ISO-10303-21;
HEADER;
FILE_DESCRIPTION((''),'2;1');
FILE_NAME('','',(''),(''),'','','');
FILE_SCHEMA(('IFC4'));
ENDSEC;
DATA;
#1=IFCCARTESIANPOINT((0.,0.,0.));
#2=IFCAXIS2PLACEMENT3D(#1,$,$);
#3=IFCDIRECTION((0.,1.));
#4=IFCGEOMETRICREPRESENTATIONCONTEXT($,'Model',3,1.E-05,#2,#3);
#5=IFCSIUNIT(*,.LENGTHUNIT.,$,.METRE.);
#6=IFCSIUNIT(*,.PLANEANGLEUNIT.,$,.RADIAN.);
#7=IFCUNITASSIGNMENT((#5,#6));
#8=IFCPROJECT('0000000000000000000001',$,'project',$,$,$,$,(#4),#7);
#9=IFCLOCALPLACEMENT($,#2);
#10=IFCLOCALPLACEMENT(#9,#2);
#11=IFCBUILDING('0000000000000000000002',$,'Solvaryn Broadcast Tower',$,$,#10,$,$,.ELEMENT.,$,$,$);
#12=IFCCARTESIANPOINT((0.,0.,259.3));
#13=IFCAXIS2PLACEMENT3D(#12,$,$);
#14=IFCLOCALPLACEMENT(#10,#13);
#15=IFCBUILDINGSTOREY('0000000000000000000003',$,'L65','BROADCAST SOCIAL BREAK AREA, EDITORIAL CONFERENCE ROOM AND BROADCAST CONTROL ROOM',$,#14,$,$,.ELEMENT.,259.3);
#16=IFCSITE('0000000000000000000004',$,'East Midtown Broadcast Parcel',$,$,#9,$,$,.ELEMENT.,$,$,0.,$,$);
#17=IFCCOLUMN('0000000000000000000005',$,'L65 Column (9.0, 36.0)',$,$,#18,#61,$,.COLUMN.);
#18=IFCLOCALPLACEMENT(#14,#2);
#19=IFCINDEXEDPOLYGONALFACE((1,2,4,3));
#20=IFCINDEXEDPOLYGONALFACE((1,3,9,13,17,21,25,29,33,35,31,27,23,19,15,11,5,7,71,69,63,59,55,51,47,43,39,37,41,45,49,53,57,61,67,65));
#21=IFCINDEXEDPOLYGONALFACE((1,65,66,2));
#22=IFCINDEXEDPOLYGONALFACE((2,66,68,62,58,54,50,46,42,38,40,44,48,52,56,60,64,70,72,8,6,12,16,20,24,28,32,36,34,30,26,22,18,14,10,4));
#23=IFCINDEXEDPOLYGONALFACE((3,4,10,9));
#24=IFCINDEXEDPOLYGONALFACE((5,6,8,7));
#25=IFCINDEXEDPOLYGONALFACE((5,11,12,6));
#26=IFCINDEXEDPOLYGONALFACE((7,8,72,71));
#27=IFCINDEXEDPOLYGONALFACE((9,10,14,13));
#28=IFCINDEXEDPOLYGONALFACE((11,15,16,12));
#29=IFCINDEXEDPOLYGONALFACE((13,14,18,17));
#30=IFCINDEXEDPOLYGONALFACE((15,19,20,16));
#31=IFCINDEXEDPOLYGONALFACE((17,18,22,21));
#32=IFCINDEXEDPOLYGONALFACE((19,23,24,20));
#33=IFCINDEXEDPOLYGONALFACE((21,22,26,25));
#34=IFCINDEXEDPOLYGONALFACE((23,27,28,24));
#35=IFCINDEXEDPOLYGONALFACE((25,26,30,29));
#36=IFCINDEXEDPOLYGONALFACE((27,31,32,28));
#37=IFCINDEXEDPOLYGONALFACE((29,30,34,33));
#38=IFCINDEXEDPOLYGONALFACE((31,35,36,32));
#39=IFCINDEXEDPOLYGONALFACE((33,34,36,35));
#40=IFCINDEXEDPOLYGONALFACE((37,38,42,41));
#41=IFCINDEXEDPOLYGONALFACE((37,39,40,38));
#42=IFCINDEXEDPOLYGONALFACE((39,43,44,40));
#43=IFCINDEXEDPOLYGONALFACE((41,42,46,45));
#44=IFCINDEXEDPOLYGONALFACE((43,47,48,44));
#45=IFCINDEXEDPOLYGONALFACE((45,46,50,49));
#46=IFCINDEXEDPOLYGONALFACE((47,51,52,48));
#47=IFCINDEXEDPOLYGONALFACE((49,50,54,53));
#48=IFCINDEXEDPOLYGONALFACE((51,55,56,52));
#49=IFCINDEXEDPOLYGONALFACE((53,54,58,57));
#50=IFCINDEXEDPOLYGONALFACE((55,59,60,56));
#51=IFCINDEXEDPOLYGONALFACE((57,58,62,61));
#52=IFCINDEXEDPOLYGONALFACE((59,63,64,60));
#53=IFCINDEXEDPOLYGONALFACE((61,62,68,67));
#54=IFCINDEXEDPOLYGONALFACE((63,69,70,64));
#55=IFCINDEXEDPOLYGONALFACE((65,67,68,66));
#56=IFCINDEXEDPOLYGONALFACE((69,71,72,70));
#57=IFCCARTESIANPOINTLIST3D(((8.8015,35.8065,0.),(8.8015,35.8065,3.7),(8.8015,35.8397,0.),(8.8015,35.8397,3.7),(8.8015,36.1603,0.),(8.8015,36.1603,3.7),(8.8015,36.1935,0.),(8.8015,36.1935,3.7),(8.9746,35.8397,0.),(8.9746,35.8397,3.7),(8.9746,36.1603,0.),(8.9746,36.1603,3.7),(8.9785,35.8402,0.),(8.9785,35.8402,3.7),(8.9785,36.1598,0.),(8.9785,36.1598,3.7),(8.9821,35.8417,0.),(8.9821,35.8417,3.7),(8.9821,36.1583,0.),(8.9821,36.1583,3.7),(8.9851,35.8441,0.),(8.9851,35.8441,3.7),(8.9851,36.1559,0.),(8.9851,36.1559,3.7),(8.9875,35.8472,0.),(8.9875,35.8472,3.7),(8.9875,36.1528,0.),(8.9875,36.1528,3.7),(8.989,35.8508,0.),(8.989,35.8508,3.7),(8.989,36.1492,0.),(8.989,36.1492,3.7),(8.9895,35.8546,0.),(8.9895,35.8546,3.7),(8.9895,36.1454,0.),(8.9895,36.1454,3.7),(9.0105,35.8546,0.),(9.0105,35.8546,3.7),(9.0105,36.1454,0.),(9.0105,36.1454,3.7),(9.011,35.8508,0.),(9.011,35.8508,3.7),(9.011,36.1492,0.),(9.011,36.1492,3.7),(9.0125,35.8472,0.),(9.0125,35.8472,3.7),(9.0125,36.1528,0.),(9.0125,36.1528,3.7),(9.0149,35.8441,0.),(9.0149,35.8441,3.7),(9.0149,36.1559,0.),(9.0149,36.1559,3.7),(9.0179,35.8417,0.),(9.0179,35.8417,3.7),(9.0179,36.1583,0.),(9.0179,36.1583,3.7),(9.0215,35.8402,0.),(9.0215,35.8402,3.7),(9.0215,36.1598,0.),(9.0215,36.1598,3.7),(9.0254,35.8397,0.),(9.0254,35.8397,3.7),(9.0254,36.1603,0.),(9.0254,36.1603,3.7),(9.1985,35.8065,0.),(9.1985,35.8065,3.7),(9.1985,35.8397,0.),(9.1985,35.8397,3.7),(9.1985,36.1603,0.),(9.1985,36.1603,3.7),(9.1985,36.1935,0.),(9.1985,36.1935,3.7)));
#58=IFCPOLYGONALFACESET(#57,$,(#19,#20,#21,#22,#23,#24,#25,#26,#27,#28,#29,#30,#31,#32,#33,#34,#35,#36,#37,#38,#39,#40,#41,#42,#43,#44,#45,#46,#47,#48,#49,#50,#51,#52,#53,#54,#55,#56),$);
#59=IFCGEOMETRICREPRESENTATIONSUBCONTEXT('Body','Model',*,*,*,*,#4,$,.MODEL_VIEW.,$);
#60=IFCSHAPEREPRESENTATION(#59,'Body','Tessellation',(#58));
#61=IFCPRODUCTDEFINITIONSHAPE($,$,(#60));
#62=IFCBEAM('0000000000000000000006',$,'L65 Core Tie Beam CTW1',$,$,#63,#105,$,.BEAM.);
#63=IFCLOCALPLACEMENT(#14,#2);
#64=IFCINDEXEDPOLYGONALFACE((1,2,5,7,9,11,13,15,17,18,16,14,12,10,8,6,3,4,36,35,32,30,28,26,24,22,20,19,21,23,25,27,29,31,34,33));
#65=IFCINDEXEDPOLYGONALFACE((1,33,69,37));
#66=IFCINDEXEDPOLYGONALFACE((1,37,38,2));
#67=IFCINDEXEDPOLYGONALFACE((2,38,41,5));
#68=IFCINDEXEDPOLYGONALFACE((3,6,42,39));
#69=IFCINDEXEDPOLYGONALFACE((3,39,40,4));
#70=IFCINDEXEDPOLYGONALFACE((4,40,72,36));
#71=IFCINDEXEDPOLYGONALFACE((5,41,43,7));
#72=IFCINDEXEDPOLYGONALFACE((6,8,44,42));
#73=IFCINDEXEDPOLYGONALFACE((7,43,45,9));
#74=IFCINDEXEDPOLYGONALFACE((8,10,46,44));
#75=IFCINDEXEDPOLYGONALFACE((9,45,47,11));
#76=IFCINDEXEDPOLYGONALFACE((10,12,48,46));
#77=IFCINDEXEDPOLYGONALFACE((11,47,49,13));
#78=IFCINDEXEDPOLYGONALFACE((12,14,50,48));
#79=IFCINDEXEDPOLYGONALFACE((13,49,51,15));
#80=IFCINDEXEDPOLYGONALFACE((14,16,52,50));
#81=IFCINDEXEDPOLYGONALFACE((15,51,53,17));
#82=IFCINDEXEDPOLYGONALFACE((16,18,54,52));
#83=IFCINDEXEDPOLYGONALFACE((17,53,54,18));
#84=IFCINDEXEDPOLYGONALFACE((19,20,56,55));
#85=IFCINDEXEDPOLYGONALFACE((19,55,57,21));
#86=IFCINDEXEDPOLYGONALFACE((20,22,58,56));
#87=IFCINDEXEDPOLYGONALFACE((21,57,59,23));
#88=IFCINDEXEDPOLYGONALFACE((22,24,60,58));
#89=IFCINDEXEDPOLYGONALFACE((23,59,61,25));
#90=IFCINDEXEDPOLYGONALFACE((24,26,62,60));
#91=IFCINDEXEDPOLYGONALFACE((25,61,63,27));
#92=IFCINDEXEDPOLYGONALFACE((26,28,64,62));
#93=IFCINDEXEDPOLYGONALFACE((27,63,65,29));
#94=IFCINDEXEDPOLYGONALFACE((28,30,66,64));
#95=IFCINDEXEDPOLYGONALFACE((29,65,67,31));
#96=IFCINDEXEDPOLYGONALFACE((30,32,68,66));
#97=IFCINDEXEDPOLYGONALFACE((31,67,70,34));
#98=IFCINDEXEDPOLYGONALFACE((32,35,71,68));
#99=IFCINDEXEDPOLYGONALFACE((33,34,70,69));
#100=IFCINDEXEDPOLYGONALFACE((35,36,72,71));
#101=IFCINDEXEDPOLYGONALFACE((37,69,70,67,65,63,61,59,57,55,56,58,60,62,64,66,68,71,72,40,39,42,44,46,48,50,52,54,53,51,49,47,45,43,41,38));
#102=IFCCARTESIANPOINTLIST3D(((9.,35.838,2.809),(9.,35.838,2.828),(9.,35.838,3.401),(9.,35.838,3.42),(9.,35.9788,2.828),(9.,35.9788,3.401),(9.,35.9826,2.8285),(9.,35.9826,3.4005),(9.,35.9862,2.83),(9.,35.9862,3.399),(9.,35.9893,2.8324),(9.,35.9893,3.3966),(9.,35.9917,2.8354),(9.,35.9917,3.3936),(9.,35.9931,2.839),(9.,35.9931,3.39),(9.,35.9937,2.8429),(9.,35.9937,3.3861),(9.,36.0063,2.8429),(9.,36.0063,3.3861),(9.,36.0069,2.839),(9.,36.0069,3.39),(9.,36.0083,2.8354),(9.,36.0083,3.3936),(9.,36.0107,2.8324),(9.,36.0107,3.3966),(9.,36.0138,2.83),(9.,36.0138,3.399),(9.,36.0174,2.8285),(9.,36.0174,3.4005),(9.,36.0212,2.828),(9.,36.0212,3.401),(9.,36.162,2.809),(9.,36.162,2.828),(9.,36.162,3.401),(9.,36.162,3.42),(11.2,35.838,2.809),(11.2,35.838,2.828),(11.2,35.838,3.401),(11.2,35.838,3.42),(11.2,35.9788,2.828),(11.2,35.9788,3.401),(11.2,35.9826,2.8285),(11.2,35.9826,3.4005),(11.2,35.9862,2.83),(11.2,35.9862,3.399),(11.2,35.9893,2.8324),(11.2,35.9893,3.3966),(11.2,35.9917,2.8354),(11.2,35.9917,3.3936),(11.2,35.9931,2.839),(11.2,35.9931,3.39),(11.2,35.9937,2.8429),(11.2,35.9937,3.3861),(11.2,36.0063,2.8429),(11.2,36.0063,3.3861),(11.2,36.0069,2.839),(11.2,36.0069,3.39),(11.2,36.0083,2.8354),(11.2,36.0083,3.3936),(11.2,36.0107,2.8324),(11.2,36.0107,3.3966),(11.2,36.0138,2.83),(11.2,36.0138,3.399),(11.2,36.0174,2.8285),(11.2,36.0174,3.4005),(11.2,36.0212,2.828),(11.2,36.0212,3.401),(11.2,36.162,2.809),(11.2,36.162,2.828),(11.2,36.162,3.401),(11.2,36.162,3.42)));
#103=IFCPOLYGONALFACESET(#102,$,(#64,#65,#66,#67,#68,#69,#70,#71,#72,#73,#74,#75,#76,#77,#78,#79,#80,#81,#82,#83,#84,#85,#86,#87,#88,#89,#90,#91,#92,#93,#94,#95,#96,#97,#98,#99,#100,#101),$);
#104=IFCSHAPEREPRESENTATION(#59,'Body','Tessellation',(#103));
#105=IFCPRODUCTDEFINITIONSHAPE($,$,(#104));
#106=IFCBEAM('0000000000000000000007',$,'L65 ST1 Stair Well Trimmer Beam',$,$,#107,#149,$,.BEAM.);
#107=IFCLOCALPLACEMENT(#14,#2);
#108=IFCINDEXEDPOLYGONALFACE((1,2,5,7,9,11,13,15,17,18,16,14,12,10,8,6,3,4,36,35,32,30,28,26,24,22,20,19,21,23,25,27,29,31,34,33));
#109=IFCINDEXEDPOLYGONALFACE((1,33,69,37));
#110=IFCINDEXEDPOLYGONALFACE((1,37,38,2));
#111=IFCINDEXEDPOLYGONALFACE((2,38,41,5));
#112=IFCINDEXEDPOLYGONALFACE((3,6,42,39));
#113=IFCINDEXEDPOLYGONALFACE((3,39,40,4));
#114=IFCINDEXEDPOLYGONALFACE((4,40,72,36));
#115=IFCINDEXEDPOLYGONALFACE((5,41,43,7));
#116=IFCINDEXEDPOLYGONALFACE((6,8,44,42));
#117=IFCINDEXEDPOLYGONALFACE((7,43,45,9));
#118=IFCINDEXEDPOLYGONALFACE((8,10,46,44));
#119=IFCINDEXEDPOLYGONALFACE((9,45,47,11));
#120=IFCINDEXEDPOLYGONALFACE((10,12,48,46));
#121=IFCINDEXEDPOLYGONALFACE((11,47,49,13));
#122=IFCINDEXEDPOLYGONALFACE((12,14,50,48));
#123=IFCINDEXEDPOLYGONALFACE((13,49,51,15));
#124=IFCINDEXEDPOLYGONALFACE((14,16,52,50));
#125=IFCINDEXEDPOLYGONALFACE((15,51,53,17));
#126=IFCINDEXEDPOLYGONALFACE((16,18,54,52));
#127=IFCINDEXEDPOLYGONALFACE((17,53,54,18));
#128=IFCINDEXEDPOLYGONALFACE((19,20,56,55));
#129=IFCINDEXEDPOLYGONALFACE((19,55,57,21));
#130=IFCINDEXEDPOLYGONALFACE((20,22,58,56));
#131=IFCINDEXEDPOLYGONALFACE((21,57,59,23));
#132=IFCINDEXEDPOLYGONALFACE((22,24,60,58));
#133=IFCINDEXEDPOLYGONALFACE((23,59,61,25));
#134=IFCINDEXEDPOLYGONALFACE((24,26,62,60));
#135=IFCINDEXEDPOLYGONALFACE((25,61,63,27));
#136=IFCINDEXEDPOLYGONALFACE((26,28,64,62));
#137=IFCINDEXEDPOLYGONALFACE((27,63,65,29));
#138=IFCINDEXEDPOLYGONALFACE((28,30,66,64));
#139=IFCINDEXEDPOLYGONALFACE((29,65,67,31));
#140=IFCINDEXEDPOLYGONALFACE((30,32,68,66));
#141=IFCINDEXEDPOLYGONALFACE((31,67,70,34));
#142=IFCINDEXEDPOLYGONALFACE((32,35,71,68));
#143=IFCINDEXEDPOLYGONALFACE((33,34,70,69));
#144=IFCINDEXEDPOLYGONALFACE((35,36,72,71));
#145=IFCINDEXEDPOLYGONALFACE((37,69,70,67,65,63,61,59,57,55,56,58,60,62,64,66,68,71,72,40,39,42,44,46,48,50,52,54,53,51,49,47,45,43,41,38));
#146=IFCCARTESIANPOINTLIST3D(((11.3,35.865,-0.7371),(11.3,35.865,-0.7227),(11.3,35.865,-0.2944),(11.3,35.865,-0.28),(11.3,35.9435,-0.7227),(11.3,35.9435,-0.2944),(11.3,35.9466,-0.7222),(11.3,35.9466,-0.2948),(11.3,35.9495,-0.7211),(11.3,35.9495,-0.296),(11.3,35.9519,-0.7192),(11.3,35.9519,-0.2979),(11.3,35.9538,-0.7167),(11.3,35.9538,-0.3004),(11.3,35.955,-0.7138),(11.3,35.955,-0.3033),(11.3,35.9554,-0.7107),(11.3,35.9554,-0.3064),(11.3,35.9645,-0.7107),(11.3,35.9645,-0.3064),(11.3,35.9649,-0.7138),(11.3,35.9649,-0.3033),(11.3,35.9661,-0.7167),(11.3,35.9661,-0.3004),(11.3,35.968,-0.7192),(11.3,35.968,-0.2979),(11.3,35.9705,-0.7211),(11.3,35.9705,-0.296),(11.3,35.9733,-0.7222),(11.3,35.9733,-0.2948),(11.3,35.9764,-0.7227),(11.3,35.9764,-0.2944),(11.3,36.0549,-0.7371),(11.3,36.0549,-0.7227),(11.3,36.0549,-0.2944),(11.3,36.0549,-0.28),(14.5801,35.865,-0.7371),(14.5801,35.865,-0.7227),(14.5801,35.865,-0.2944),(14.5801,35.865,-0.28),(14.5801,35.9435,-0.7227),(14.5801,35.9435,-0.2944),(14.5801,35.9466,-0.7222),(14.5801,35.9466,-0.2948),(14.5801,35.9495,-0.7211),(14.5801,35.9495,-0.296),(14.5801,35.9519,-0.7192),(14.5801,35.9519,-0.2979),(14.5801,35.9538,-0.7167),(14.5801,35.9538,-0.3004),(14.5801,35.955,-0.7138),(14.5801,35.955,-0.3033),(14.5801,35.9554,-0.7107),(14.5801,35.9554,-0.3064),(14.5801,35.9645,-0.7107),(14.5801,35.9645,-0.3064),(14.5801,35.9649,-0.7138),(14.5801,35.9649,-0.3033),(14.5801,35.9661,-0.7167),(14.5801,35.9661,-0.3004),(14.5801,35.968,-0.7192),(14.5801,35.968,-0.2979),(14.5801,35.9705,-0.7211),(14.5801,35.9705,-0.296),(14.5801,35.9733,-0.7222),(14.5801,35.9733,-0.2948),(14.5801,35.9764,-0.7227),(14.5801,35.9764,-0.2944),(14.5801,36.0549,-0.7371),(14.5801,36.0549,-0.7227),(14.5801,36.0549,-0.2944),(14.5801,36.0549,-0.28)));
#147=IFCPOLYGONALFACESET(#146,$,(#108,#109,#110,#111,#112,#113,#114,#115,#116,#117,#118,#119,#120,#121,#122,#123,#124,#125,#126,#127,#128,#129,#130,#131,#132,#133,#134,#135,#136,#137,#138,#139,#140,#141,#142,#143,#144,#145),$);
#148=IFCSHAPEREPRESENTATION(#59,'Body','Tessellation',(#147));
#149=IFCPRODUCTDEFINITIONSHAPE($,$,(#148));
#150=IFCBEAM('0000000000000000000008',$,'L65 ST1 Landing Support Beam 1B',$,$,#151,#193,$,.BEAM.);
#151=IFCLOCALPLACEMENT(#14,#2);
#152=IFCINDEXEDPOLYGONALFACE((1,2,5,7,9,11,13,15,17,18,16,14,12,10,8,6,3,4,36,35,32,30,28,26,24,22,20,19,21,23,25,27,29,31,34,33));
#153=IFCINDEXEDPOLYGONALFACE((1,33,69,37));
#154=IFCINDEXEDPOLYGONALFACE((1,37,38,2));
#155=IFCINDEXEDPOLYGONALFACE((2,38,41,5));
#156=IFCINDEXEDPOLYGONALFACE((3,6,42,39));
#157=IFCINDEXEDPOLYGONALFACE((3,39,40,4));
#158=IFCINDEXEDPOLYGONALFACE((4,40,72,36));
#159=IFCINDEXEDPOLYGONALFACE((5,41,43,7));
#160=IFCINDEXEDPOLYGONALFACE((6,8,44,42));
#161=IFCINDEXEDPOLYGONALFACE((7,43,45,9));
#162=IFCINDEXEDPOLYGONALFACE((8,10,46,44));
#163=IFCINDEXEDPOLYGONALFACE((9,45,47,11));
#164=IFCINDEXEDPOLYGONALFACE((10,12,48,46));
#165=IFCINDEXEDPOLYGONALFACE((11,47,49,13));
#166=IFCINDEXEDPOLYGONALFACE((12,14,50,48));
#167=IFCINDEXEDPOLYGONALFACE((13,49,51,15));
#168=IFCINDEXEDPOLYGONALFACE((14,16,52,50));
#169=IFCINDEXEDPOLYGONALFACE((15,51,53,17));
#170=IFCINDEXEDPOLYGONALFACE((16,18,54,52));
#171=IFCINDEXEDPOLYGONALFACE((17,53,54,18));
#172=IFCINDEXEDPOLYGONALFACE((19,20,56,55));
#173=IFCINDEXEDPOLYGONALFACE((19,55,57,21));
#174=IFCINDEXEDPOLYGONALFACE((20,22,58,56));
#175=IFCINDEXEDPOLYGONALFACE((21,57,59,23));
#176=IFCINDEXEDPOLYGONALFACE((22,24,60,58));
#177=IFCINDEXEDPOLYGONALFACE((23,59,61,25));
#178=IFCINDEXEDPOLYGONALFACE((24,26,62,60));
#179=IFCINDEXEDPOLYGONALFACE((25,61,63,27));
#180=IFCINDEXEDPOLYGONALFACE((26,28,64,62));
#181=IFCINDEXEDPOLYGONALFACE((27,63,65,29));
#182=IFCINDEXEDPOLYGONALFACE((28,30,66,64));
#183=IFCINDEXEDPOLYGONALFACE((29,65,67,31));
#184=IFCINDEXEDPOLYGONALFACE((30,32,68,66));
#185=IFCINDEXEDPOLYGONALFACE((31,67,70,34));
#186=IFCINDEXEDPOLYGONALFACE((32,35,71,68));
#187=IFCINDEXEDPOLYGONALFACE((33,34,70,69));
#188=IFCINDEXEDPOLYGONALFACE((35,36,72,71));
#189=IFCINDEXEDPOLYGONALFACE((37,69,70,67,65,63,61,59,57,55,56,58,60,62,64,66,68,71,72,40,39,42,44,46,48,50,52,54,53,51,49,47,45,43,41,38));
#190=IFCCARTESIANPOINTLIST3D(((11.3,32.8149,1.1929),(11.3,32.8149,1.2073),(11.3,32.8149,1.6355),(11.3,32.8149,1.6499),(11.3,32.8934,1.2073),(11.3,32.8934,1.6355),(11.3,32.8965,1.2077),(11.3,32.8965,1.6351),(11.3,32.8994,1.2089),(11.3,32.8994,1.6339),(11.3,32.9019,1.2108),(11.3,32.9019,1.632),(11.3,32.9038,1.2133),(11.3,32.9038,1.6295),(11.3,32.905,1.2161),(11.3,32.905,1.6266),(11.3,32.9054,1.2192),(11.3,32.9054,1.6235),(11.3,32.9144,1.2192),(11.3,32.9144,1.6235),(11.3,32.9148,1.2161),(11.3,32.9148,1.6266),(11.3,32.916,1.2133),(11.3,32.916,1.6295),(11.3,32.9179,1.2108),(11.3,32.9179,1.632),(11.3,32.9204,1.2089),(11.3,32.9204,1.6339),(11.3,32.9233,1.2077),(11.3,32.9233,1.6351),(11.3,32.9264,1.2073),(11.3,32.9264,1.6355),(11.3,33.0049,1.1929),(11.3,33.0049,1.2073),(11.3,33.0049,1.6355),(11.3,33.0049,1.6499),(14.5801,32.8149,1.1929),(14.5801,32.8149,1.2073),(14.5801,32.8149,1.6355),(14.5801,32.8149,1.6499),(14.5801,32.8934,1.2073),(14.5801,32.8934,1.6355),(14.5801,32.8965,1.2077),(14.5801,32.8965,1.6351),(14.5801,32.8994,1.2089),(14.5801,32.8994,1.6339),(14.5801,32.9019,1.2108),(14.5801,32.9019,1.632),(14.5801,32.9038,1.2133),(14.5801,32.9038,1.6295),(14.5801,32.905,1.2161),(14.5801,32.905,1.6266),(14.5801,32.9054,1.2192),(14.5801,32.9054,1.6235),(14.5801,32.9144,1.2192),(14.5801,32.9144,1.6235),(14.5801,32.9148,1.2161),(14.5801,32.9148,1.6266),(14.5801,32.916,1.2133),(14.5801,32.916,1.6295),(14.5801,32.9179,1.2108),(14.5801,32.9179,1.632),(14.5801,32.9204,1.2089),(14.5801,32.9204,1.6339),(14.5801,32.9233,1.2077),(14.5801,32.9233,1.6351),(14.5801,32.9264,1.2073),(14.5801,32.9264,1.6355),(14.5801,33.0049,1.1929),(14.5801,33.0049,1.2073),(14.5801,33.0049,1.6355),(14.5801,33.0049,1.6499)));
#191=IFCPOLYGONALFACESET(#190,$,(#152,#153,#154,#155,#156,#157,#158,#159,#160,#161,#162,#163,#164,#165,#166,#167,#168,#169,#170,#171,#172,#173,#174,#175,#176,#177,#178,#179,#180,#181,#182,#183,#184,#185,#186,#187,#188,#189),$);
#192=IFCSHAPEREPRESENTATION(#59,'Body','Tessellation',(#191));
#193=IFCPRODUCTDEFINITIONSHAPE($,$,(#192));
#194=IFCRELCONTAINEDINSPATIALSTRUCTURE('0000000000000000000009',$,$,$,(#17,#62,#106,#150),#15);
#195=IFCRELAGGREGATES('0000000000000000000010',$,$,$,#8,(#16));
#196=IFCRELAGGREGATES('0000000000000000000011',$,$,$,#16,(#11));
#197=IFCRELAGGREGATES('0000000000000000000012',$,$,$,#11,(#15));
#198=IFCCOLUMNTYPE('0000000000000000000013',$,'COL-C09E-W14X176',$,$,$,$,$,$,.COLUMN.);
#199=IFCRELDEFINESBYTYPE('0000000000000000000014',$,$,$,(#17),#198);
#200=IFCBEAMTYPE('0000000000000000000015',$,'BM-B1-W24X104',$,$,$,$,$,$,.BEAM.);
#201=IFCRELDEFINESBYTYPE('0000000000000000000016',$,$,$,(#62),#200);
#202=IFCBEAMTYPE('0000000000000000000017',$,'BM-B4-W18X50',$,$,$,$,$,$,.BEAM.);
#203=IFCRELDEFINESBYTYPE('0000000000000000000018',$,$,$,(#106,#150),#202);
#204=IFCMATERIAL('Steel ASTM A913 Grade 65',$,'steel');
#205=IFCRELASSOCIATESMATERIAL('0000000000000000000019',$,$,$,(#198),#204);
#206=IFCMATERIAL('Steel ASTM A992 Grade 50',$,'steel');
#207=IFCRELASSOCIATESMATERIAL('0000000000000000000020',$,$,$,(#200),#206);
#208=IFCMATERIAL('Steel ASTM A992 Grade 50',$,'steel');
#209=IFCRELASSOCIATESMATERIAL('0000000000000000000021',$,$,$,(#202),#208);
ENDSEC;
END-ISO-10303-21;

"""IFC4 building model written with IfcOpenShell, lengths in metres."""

from ifc_helpers import new_model, si_unit, direction, frame, origin, origin_2d, place, context, subcontext, project, spatial, i_section, extrude, material, material_profile, profile_set, type_object, element, save


model = new_model("IFC4")

# Units and contexts
model_context = context("Model", 3, precision=1e-05, world=origin(), true_north=direction((0.0, 1.0)))
body_context = subcontext(model_context, "Body", "Model", "MODEL_VIEW")
ifc_project = project(units=[si_unit("LENGTHUNIT", "METRE"), si_unit("PLANEANGLEUNIT", "RADIAN")], contexts=[model_context])

# Site, building, storey
site_placement = place(None, origin())
site = spatial("IfcSite", under=ifc_project, at=site_placement, Name="East Midtown Broadcast Parcel", CompositionType="ELEMENT", RefElevation=0.0)
building_placement = place(site_placement, origin())
building = spatial("IfcBuilding", under=site, at=building_placement, Name="Solvaryn Broadcast Tower", CompositionType="ELEMENT")
storey_placement = place(building_placement, frame((0.0, 0.0, 259.3)))
storey = spatial("IfcBuildingStorey", under=building, at=storey_placement, Name="L65", Description="BROADCAST SOCIAL BREAK AREA, EDITORIAL CONFERENCE ROOM AND BROADCAST CONTROL ROOM", CompositionType="ELEMENT", Elevation=259.3)

# Column
ifc_material_1 = material(Name="Steel ASTM A913 Grade 65", Category="steel")
ifc_material_profile_1 = material_profile(ifc_material_1, i_section(OverallWidth=0.397, OverallDepth=0.387, WebThickness=0.021, FlangeThickness=0.0332, FilletRadius=0.0149, at=origin_2d()))
ifc_profile_set_1 = profile_set([ifc_material_profile_1], Name="Steel ASTM A913 Grade 65")
column_type = type_object("IfcColumnType", Name="COL-C09E-W14X176", PredefinedType="COLUMN", material=ifc_profile_set_1)
column_placement = place(storey_placement, frame((9.0, 36.0, 0.0), z_axis=(0.0, 0.0, 1.0), x_axis=(1.0, 0.0, 0.0)))
element("IfcColumn", 1, at=column_placement, inside=storey, type_object=column_type, Name="L65 Column (9.0, 36.0)", PredefinedType="COLUMN", context=body_context, shape_type="SweptSolid", body=[
    extrude(i_section(OverallWidth=0.397, OverallDepth=0.387, WebThickness=0.021, FlangeThickness=0.0332, FilletRadius=0.0149, at=origin_2d()), origin(), (0.0, 0.0, 1.0), 3.7),
])

# Beams
ifc_material_2 = material(Name="Steel ASTM A992 Grade 50", Category="steel")
ifc_material_profile_2 = material_profile(ifc_material_2, i_section(OverallWidth=0.324, OverallDepth=0.6111, WebThickness=0.0127, FlangeThickness=0.019, FilletRadius=0.0149, at=origin_2d()))
ifc_profile_set_2 = profile_set([ifc_material_profile_2], Name="Steel ASTM A992 Grade 50")
beam_type_1 = type_object("IfcBeamType", Name="BM-B1-W24X104", PredefinedType="BEAM", material=ifc_profile_set_2)
beam_1_placement = place(storey_placement, frame((9.0, 36.0, 3.1145), z_axis=(1.0, 0.0, 0.0), x_axis=(0.0, 1.0, 0.0)))
element("IfcBeam", 2, at=beam_1_placement, inside=storey, type_object=beam_type_1, Name="L65 Core Tie Beam CTW1", PredefinedType="BEAM", context=body_context, shape_type="SweptSolid", body=[
    extrude(i_section(OverallWidth=0.324, OverallDepth=0.6111, WebThickness=0.0127, FlangeThickness=0.019, FilletRadius=0.0149, at=origin_2d()), origin(), (0.0, 0.0, 1.0), 2.2),
])
ifc_material_3 = material(Name="Steel ASTM A992 Grade 50", Category="steel")
ifc_material_profile_3 = material_profile(ifc_material_3, i_section(OverallWidth=0.1899, OverallDepth=0.457, WebThickness=0.009, FlangeThickness=0.0144, FilletRadius=0.012, at=origin_2d()))
ifc_profile_set_3 = profile_set([ifc_material_profile_3], Name="Steel ASTM A992 Grade 50")
beam_type_2 = type_object("IfcBeamType", Name="BM-B4-W18X50", PredefinedType="BEAM", material=ifc_profile_set_3)
for number, where, z_axis, x_axis, name in (
    (3, (11.3, 35.96, -0.5085), (1.0, 0.0, 0.0), (0.0, 1.0, 0.0), "L65 ST1 Stair Well Trimmer Beam"),
    (4, (11.3, 32.9099, 1.4214), (1.0, 0.0, 0.0), (0.0, 1.0, 0.0), "L65 ST1 Landing Support Beam 1B"),
):
    element("IfcBeam", number, at=place(storey_placement, frame(where, z_axis=z_axis, x_axis=x_axis)), inside=storey, type_object=beam_type_2, Name=name, PredefinedType="BEAM", context=body_context, shape_type="SweptSolid", body=[
        extrude(i_section(OverallWidth=0.1899, OverallDepth=0.457, WebThickness=0.009, FlangeThickness=0.0144, FilletRadius=0.012, at=origin_2d()), origin(), (0.0, 0.0, 1.0), 3.28),
    ])

save(model, "model.ifc")
